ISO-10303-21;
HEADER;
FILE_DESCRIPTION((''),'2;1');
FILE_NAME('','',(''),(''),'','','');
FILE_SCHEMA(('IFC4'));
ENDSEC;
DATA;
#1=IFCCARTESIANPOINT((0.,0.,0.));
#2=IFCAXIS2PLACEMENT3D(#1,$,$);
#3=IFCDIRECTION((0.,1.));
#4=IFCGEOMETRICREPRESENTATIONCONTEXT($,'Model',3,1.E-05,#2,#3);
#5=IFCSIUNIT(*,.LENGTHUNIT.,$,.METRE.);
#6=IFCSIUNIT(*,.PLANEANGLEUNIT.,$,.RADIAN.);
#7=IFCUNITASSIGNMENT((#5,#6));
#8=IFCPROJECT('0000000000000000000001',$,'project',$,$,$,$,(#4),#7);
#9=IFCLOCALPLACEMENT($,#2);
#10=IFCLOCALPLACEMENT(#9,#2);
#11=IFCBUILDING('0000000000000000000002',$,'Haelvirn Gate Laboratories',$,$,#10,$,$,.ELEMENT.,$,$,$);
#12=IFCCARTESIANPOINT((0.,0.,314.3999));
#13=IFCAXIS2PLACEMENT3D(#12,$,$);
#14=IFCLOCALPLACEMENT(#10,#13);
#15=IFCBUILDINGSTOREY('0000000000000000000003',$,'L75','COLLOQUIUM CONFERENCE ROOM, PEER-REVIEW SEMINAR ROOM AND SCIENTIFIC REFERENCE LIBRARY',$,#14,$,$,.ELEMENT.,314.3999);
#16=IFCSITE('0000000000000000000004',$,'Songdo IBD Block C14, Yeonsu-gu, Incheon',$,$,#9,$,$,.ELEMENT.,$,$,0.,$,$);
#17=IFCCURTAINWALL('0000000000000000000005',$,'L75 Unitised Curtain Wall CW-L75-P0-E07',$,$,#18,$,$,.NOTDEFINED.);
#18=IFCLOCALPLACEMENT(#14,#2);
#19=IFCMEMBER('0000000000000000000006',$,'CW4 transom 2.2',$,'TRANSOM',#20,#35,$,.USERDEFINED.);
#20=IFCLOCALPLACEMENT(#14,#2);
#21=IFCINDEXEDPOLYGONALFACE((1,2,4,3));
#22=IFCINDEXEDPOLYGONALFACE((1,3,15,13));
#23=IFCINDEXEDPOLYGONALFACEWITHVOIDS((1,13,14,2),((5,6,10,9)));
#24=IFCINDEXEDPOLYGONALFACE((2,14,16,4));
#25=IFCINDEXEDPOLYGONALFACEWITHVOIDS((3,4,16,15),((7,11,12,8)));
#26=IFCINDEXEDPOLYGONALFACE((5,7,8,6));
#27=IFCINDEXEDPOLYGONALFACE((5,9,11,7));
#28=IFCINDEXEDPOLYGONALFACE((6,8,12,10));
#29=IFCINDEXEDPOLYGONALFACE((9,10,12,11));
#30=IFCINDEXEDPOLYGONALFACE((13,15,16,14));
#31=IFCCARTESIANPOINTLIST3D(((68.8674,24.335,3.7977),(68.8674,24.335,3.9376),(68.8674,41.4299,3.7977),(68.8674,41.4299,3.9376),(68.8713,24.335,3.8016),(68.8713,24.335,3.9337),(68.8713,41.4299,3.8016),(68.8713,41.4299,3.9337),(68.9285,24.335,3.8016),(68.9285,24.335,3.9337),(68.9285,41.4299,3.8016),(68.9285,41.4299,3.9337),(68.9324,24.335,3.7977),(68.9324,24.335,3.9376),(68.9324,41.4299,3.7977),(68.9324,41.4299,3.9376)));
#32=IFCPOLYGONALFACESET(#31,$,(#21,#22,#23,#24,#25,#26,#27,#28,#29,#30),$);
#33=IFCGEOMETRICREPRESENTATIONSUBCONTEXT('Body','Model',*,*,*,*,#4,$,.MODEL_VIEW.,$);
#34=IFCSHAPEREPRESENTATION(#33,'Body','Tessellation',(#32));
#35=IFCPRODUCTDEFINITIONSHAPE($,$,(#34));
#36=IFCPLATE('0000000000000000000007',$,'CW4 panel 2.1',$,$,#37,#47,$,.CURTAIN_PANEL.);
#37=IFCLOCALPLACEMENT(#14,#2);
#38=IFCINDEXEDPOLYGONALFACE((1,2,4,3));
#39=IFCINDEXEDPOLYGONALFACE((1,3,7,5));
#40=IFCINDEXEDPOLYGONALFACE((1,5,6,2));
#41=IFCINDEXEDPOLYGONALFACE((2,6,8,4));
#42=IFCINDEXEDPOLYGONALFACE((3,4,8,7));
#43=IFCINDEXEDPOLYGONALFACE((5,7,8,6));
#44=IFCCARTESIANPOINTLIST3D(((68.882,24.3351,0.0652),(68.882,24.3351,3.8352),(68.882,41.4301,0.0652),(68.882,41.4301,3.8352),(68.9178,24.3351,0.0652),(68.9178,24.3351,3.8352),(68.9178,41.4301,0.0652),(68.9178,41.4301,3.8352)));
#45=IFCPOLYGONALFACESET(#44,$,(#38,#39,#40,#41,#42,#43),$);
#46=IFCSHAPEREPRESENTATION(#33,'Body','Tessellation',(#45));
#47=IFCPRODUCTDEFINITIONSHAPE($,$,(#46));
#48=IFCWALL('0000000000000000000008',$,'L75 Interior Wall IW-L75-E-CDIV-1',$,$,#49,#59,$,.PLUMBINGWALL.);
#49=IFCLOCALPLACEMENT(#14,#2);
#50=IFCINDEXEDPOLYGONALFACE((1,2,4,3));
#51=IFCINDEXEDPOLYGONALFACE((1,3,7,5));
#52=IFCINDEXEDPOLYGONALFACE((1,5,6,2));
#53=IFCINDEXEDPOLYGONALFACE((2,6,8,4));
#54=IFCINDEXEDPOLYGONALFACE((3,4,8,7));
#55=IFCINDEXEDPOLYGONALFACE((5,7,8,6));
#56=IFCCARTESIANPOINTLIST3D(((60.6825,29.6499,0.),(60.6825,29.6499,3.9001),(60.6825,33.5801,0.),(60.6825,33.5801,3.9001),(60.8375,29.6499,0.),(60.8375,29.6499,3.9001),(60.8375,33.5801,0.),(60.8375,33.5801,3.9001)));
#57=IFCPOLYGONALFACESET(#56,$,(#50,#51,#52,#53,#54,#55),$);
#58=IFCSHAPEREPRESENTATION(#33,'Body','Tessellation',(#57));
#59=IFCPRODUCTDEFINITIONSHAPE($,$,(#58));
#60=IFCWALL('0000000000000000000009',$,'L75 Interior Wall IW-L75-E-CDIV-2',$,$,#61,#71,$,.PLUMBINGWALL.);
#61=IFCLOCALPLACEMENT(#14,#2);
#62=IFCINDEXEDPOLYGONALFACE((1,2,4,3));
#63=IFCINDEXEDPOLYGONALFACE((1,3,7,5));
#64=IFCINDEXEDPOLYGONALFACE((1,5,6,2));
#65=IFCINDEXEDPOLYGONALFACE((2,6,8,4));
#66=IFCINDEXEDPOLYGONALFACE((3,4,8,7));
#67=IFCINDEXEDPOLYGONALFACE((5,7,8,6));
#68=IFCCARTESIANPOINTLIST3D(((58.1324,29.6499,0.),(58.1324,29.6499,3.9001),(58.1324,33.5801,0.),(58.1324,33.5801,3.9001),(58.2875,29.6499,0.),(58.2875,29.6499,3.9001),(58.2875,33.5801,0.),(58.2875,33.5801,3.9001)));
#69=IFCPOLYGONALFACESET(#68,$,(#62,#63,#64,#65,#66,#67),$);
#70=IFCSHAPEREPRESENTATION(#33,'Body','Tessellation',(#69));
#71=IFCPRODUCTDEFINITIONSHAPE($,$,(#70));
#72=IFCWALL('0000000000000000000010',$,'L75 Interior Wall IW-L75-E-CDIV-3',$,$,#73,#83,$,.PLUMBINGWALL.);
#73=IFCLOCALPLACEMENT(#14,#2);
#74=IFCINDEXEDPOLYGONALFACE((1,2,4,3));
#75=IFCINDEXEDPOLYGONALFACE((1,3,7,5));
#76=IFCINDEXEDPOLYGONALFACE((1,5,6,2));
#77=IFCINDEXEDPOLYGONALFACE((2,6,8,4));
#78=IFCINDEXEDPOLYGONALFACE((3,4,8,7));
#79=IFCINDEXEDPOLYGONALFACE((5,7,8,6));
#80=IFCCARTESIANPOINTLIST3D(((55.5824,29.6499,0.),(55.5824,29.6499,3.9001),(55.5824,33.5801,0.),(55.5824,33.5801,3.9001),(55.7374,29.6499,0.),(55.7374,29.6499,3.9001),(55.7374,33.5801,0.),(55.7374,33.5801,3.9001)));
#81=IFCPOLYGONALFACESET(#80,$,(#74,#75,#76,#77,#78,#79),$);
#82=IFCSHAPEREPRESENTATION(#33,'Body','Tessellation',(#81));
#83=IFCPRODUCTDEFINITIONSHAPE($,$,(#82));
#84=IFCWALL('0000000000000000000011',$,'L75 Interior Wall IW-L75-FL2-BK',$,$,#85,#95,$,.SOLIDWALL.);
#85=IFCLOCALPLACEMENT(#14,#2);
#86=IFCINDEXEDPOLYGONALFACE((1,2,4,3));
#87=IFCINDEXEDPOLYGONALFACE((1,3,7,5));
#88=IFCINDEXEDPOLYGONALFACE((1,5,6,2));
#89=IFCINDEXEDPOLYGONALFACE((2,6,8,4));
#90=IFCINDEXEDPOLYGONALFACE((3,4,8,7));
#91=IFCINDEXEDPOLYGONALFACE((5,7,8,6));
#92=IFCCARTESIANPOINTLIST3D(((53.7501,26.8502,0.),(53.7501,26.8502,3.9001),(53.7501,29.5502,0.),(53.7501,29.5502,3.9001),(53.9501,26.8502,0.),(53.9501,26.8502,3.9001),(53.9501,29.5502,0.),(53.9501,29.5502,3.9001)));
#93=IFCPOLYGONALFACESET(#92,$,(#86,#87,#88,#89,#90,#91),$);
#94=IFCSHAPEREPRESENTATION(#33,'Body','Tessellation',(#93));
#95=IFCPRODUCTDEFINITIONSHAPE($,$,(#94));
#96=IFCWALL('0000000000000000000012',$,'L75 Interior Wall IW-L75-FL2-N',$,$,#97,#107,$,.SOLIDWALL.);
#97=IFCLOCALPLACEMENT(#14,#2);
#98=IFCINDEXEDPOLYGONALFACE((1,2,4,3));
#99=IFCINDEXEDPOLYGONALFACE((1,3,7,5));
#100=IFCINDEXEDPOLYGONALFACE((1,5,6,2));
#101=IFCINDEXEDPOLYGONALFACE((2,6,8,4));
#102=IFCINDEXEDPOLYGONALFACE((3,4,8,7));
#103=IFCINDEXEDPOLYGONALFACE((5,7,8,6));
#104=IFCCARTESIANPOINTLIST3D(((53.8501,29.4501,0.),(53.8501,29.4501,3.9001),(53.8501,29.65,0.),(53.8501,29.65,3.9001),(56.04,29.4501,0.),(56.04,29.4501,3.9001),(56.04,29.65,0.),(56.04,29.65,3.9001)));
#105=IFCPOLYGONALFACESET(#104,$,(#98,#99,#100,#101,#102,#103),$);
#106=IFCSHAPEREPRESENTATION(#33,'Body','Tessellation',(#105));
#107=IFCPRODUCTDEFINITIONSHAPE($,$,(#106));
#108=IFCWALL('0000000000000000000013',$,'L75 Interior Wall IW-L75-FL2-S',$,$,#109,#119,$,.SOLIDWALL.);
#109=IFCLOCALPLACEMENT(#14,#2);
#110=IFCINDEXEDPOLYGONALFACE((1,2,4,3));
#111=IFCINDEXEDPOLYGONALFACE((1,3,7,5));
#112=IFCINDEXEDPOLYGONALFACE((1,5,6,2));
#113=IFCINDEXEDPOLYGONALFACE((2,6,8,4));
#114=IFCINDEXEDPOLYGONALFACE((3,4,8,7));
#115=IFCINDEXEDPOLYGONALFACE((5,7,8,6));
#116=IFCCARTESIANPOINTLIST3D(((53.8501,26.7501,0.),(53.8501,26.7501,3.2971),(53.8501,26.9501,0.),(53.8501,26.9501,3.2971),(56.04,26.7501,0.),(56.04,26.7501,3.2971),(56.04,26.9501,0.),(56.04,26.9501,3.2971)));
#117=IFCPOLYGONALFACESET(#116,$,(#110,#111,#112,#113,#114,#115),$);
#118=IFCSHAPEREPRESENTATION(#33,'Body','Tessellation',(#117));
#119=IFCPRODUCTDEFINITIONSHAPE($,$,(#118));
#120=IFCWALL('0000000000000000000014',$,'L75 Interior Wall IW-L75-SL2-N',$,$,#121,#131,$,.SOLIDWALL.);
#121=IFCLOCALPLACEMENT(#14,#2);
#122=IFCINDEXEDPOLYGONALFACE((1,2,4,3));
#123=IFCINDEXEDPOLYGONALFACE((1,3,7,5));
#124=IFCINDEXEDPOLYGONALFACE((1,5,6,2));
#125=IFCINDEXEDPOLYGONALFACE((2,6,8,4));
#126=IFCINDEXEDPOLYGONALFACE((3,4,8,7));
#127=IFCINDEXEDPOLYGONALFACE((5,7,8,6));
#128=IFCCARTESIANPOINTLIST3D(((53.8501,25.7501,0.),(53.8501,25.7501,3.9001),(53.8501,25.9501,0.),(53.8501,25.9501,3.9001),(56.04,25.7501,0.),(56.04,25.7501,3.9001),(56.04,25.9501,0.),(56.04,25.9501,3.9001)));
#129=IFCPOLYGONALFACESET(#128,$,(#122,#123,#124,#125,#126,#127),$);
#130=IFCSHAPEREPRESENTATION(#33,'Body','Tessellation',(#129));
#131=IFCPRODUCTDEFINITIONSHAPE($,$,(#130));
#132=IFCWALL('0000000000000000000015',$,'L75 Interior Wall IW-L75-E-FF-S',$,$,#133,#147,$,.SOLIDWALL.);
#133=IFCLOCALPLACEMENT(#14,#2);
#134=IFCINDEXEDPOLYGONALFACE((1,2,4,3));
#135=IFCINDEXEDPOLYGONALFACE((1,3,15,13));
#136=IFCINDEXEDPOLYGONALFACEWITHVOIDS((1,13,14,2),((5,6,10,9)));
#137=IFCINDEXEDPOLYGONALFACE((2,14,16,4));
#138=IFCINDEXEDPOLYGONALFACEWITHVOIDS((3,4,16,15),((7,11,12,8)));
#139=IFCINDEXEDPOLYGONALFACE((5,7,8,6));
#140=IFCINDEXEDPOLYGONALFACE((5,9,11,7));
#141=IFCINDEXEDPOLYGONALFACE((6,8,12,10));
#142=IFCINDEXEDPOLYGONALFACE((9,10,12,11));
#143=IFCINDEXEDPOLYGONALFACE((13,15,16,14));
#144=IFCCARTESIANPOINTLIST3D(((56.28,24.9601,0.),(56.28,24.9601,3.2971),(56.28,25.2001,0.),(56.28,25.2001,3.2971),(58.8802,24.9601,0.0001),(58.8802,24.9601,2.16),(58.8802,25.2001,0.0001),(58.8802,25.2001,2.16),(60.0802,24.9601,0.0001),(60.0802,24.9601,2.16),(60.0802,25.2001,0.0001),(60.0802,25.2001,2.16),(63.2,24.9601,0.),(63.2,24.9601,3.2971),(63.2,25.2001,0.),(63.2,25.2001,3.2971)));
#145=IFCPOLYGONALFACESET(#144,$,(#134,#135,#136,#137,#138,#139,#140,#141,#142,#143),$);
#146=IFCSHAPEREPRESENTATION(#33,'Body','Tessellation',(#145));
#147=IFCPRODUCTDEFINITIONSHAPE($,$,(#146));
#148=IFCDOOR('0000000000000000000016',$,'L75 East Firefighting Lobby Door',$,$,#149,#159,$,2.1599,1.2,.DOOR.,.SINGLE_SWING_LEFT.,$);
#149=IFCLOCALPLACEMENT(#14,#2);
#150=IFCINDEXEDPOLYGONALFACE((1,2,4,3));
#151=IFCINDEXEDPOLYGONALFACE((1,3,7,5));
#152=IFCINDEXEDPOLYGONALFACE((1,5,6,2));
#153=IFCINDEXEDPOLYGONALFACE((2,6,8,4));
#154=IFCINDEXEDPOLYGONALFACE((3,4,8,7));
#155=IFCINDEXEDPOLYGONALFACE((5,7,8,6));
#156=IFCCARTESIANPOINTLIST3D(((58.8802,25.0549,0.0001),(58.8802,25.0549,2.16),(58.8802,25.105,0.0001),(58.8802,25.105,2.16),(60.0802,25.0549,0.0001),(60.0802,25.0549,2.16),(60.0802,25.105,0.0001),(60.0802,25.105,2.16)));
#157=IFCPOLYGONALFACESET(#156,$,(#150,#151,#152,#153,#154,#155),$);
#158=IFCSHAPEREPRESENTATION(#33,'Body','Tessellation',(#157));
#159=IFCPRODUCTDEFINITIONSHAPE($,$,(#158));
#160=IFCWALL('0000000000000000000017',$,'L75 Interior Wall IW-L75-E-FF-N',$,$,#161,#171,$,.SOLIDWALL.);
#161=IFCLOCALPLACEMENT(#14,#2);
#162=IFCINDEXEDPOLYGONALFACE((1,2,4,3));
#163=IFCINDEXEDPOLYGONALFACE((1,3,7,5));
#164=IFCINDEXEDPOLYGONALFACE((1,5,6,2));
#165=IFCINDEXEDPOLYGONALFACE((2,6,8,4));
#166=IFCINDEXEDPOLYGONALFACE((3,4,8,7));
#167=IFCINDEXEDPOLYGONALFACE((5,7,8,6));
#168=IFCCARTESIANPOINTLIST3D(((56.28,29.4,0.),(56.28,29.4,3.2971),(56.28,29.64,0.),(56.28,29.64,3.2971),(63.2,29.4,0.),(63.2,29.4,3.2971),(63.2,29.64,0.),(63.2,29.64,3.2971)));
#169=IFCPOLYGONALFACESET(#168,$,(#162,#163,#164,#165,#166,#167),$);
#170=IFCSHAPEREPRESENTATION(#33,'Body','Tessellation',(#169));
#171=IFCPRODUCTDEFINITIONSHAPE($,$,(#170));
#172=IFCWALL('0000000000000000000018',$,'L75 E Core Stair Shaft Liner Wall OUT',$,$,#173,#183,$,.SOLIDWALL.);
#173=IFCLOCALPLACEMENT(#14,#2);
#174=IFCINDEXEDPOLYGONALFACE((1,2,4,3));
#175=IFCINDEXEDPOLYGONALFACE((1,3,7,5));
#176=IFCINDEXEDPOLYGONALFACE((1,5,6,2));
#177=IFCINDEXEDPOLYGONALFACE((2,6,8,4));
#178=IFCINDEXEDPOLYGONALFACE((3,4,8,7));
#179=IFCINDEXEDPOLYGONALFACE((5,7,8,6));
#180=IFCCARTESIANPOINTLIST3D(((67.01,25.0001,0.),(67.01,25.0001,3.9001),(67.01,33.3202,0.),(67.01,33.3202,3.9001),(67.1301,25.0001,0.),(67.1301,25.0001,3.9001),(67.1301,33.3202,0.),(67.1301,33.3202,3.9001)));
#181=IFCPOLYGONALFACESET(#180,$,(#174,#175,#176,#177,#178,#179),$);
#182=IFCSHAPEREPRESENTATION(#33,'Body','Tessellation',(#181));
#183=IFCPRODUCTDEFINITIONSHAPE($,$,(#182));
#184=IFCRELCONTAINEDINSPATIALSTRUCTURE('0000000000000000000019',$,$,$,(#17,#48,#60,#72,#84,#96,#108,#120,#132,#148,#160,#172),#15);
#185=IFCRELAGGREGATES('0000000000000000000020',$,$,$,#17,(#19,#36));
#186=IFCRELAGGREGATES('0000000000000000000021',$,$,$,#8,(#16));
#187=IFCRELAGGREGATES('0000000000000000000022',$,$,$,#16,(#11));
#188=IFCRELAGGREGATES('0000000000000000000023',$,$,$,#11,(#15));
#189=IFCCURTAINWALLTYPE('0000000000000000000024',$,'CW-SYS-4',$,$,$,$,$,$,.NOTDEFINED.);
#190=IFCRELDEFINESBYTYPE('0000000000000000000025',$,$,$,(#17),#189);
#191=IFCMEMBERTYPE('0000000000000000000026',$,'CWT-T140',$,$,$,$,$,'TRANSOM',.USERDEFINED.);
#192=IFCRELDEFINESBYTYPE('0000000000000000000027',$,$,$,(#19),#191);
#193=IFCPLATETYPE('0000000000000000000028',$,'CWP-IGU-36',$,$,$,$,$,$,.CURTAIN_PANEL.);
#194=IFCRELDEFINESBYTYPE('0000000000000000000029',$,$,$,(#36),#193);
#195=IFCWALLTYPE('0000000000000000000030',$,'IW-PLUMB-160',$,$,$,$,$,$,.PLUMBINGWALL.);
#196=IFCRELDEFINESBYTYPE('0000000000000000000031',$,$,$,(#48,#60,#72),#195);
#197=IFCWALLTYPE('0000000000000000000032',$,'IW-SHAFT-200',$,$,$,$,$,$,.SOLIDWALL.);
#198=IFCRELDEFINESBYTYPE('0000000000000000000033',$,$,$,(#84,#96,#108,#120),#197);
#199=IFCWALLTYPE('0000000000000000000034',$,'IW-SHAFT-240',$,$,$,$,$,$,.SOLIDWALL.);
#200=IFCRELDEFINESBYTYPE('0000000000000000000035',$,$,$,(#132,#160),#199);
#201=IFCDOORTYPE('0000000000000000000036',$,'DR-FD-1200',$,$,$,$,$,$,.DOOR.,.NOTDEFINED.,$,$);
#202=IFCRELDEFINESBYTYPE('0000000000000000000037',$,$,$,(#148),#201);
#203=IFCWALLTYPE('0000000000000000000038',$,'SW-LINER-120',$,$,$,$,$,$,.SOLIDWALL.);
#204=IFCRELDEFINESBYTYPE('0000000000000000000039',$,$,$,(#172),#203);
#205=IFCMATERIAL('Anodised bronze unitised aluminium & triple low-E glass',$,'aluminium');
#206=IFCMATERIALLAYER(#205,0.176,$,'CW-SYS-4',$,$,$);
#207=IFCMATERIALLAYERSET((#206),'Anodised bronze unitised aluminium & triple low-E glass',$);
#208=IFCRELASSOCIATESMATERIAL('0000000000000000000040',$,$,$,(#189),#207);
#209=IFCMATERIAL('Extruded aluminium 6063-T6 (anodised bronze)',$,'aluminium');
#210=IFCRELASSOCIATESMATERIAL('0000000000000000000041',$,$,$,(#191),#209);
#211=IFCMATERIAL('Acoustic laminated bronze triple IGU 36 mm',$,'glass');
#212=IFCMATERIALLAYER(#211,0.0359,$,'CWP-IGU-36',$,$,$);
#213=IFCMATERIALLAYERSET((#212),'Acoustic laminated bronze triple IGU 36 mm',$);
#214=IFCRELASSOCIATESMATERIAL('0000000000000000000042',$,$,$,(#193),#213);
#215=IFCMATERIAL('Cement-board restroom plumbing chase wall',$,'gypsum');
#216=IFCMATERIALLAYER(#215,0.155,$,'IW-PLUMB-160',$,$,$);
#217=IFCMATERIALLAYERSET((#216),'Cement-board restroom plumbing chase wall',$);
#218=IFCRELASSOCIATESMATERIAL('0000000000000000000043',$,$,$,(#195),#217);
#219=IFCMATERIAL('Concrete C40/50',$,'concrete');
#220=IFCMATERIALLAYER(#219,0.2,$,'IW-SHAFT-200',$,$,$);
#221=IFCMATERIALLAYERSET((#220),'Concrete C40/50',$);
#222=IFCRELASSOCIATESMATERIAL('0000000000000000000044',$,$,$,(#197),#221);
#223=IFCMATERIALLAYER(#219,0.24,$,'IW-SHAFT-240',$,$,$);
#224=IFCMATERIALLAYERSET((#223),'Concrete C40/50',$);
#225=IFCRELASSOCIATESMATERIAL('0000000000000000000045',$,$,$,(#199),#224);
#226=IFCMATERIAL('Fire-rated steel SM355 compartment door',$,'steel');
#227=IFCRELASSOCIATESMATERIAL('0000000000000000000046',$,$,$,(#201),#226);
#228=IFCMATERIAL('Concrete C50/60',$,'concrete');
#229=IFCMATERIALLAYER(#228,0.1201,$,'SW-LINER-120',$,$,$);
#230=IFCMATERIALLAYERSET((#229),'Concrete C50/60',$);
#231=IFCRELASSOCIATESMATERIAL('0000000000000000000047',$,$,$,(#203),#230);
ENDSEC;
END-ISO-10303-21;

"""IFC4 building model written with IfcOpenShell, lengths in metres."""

from ifc_helpers import new_model, si_unit, direction, frame, frame_2d, origin, origin_2d, place, context, subcontext, project, spatial, rectangle, hollow_rectangle, extrude, source, transform, mapped, material, layer, layer_set, material_profile, profile_set, type_object, type_shapes, element, fill, aggregate, save


model = new_model("IFC4")

# Units and contexts
model_context = context("Model", 3, precision=1e-05, world=origin(), true_north=direction((0.0, 1.0)))
body_context = subcontext(model_context, "Body", "Model", "MODEL_VIEW")
ifc_project = project(units=[si_unit("LENGTHUNIT", "METRE"), si_unit("PLANEANGLEUNIT", "RADIAN")], contexts=[model_context])

# Site, building, storey
site_placement = place(None, origin())
site = spatial("IfcSite", under=ifc_project, at=site_placement, Name="Songdo IBD Block C14, Yeonsu-gu, Incheon", CompositionType="ELEMENT", RefElevation=0.0)
building_placement = place(site_placement, origin())
building = spatial("IfcBuilding", under=site, at=building_placement, Name="Haelvirn Gate Laboratories", CompositionType="ELEMENT")
storey_placement = place(building_placement, frame((0.0, 0.0, 314.3999)))
storey = spatial("IfcBuildingStorey", under=building, at=storey_placement, Name="L75", Description="COLLOQUIUM CONFERENCE ROOM, PEER-REVIEW SEMINAR ROOM AND SCIENTIFIC REFERENCE LIBRARY", CompositionType="ELEMENT", Elevation=314.3999)

# Curtain wall, member, plate
ifc_material_1 = material(Name="Anodised bronze unitised aluminium & triple low-E glass", Category="aluminium")
ifc_layer_1 = layer(ifc_material_1, 0.176, Name="CW-SYS-4")
ifc_layer_set_1 = layer_set([ifc_layer_1], Name="Anodised bronze unitised aluminium & triple low-E glass")
curtain_wall_type = type_object("IfcCurtainWallType", Name="CW-SYS-4", PredefinedType="NOTDEFINED", material=ifc_layer_set_1)
curtain_wall_placement = place(storey_placement, origin())
curtain_wall = element("IfcCurtainWall", 1, at=curtain_wall_placement, inside=storey, type_object=curtain_wall_type, Name="L75 Unitised Curtain Wall CW-L75-P0-E07", PredefinedType="NOTDEFINED")
ifc_material_2 = material(Name="Extruded aluminium 6063-T6 (anodised bronze)", Category="aluminium")
ifc_material_profile = material_profile(ifc_material_2, hollow_rectangle(XDim=0.0649, YDim=0.1399, WallThickness=0.0039, at=origin_2d()), Name="CWT-140x65x4")
ifc_profile_set = profile_set([ifc_material_profile], Name="Extruded aluminium 6063-T6 (anodised bronze)")
member_type = type_object("IfcMemberType", Name="CWT-T140", ElementType="TRANSOM", PredefinedType="USERDEFINED", material=ifc_profile_set)
shared_shape_1 = source(origin(), body_context, "Body", "SweptSolid", [
    extrude(hollow_rectangle(XDim=0.0649, YDim=0.1399, WallThickness=0.0039, at=origin_2d()), origin(), (0.0, 0.0, 1.0), 17.095),
])
type_shapes(member_type, [shared_shape_1])
member_placement = place(storey_placement, frame((68.8999, 24.335, 3.8677), z_axis=(0.0, 1.0, 0.0), x_axis=(-1.0, 0.0, 0.0)))
member = element("IfcMember", 2, at=member_placement, type_object=member_type, Name="CW4 transom 2.2", ObjectType="TRANSOM", PredefinedType="USERDEFINED", context=body_context, shape_type="MappedRepresentation", body=[
    mapped(shared_shape_1, transform((0.0, 0.0, 0.0), scale=1.0)),
])
ifc_material_3 = material(Name="Acoustic laminated bronze triple IGU 36 mm", Category="glass")
ifc_layer_2 = layer(ifc_material_3, 0.0359, Name="CWP-IGU-36")
ifc_layer_set_2 = layer_set([ifc_layer_2], Name="Acoustic laminated bronze triple IGU 36 mm")
plate_type = type_object("IfcPlateType", Name="CWP-IGU-36", PredefinedType="CURTAIN_PANEL", material=ifc_layer_set_2)
shared_shape_2 = source(origin(), body_context, "Body", "SweptSolid", [
    extrude(rectangle(XDim=17.095, YDim=0.0359, at=origin_2d()), origin(), (0.0, 0.0, 1.0), 3.77),
])
type_shapes(plate_type, [shared_shape_2])
plate_placement = place(storey_placement, frame((68.8999, 32.8826, 0.0652), z_axis=(0.0, 0.0, 1.0), x_axis=(0.0, 1.0, 0.0)))
plate = element("IfcPlate", 3, at=plate_placement, type_object=plate_type, Name="CW4 panel 2.1", PredefinedType="CURTAIN_PANEL", context=body_context, shape_type="MappedRepresentation", body=[
    mapped(shared_shape_2, transform((0.0, 0.0, 0.0), scale=1.0)),
])
aggregate(curtain_wall, [member, plate])

# Walls
ifc_material_4 = material(Name="Cement-board restroom plumbing chase wall", Category="gypsum")
ifc_layer_3 = layer(ifc_material_4, 0.155, Name="IW-PLUMB-160")
ifc_layer_set_3 = layer_set([ifc_layer_3], Name="Cement-board restroom plumbing chase wall")
wall_type_1 = type_object("IfcWallType", Name="IW-PLUMB-160", PredefinedType="PLUMBINGWALL", material=ifc_layer_set_3)
for number, where, z_axis, x_axis, name in (
    (4, (60.76, 29.6499, 0.0), (0.0, 0.0, 1.0), (0.0, 1.0, 0.0), "L75 Interior Wall IW-L75-E-CDIV-1"),
    (5, (58.21, 29.6499, 0.0), (0.0, 0.0, 1.0), (0.0, 1.0, 0.0), "L75 Interior Wall IW-L75-E-CDIV-2"),
    (6, (55.6599, 29.6499, 0.0), (0.0, 0.0, 1.0), (0.0, 1.0, 0.0), "L75 Interior Wall IW-L75-E-CDIV-3"),
):
    element("IfcWall", number, at=place(storey_placement, frame(where, z_axis=z_axis, x_axis=x_axis)), inside=storey, type_object=wall_type_1, Name=name, PredefinedType="PLUMBINGWALL", context=body_context, shape_type="SweptSolid", body=[
        extrude(rectangle(XDim=3.9302, YDim=0.155, at=frame_2d((1.9651, 0.0))), origin(), (0.0, 0.0, 1.0), 3.9001),
    ])
ifc_material_5 = material(Name="Concrete C40/50", Category="concrete")
ifc_layer_4 = layer(ifc_material_5, 0.2, Name="IW-SHAFT-200")
ifc_layer_set_4 = layer_set([ifc_layer_4], Name="Concrete C40/50")
wall_type_2 = type_object("IfcWallType", Name="IW-SHAFT-200", PredefinedType="SOLIDWALL", material=ifc_layer_set_4)
wall_1_placement = place(storey_placement, frame((53.8501, 26.8501, 0.0), z_axis=(0.0, 0.0, 1.0), x_axis=(0.0, 1.0, 0.0)))
element("IfcWall", 7, at=wall_1_placement, inside=storey, type_object=wall_type_2, Name="L75 Interior Wall IW-L75-FL2-BK", PredefinedType="SOLIDWALL", context=body_context, shape_type="SweptSolid", body=[
    extrude(rectangle(XDim=2.7, YDim=0.2, at=frame_2d((1.3501, 0.0))), origin(), (0.0, 0.0, 1.0), 3.9001),
])
wall_2_placement = place(storey_placement, frame((53.8501, 29.55, 0.0), z_axis=(0.0, 0.0, 1.0), x_axis=(1.0, 0.0, 0.0)))
element("IfcWall", 8, at=wall_2_placement, inside=storey, type_object=wall_type_2, Name="L75 Interior Wall IW-L75-FL2-N", PredefinedType="SOLIDWALL", context=body_context, shape_type="SweptSolid", body=[
    extrude(rectangle(XDim=2.1899, YDim=0.2, at=frame_2d((1.095, 0.0))), origin(), (0.0, 0.0, 1.0), 3.9001),
])
wall_3_placement = place(storey_placement, frame((53.8501, 26.8501, 0.0), z_axis=(0.0, 0.0, 1.0), x_axis=(1.0, 0.0, 0.0)))
element("IfcWall", 9, at=wall_3_placement, inside=storey, type_object=wall_type_2, Name="L75 Interior Wall IW-L75-FL2-S", PredefinedType="SOLIDWALL", context=body_context, shape_type="SweptSolid", body=[
    extrude(rectangle(XDim=2.1899, YDim=0.2, at=frame_2d((1.095, 0.0))), origin(), (0.0, 0.0, 1.0), 3.2971),
])
wall_4_placement = place(storey_placement, frame((53.8501, 25.8501, 0.0), z_axis=(0.0, 0.0, 1.0), x_axis=(1.0, 0.0, 0.0)))
element("IfcWall", 10, at=wall_4_placement, inside=storey, type_object=wall_type_2, Name="L75 Interior Wall IW-L75-SL2-N", PredefinedType="SOLIDWALL", context=body_context, shape_type="SweptSolid", body=[
    extrude(rectangle(XDim=2.1899, YDim=0.2, at=frame_2d((1.095, 0.0))), origin(), (0.0, 0.0, 1.0), 3.9001),
])

# Wall, opening, door
ifc_layer_5 = layer(ifc_material_5, 0.24, Name="IW-SHAFT-240")
ifc_layer_set_5 = layer_set([ifc_layer_5], Name="Concrete C40/50")
wall_type_3 = type_object("IfcWallType", Name="IW-SHAFT-240", PredefinedType="SOLIDWALL", material=ifc_layer_set_5)
wall_5_placement = place(storey_placement, frame((56.28, 25.0801, 0.0), z_axis=(0.0, 0.0, 1.0), x_axis=(1.0, 0.0, 0.0)))
wall_5 = element("IfcWall", 11, at=wall_5_placement, inside=storey, type_object=wall_type_3, Name="L75 Interior Wall IW-L75-E-FF-S", PredefinedType="SOLIDWALL", context=body_context, shape_type="SweptSolid", body=[
    extrude(rectangle(XDim=6.9199, YDim=0.24, at=frame_2d((3.46, 0.0))), origin(), (0.0, 0.0, 1.0), 3.2971),
])
opening_1_placement = place(wall_5_placement, frame((2.6001, 0.0, 0.0)))
opening_1 = element("IfcOpeningElement", 12, at=opening_1_placement, cuts=wall_5, PredefinedType="OPENING", context=body_context, shape_type="SweptSolid", body=[
    extrude(rectangle(XDim=1.2, YDim=2.1599, at=frame_2d((0.6001, 1.0801))), frame((0.0, 0.1299, 0.0), z_axis=(0.0, -1.0, 0.0), x_axis=(1.0, 0.0, 0.0)), (0.0, 0.0, 1.0), 0.26),
])
ifc_material_6 = material(Name="Fire-rated steel SM355 compartment door", Category="steel")
door_type_1 = type_object("IfcDoorType", Name="DR-FD-1200", OperationType="NOTDEFINED", PredefinedType="DOOR", material=ifc_material_6)
shared_shape_3 = source(origin(), body_context, "Body", "SweptSolid", [
    extrude(rectangle(XDim=1.2, YDim=2.1599, at=frame_2d((0.6001, 1.0801))), frame((0.0, 0.0249, 0.0), z_axis=(0.0, -1.0, 0.0), x_axis=(1.0, 0.0, 0.0)), (0.0, 0.0, 1.0), 0.05),
])
type_shapes(door_type_1, [shared_shape_3])
door_1_placement = place(opening_1_placement, origin())
door_1 = element("IfcDoor", 13, at=door_1_placement, inside=storey, type_object=door_type_1, Name="L75 East Firefighting Lobby Door", OperationType="SINGLE_SWING_LEFT", OverallHeight=2.1599, OverallWidth=1.2, PredefinedType="DOOR", context=body_context, shape_type="MappedRepresentation", body=[
    mapped(shared_shape_3, transform((0.0, 0.0, 0.0), scale=1.0)),
])
fill(opening_1, door_1)

# Walls
wall_6_placement = place(storey_placement, frame((56.28, 29.52, 0.0), z_axis=(0.0, 0.0, 1.0), x_axis=(1.0, 0.0, 0.0)))
element("IfcWall", 14, at=wall_6_placement, inside=storey, type_object=wall_type_3, Name="L75 Interior Wall IW-L75-E-FF-N", PredefinedType="SOLIDWALL", context=body_context, shape_type="SweptSolid", body=[
    extrude(rectangle(XDim=6.9199, YDim=0.24, at=frame_2d((3.46, 0.0))), origin(), (0.0, 0.0, 1.0), 3.2971),
])
ifc_material_7 = material(Name="Concrete C50/60", Category="concrete")
ifc_layer_6 = layer(ifc_material_7, 0.1201, Name="SW-LINER-120")
ifc_layer_set_6 = layer_set([ifc_layer_6], Name="Concrete C50/60")
wall_type_4 = type_object("IfcWallType", Name="SW-LINER-120", PredefinedType="SOLIDWALL", material=ifc_layer_set_6)
wall_7_placement = place(storey_placement, frame((67.0701, 25.0, 0.0), z_axis=(0.0, 0.0, 1.0), x_axis=(0.0, 1.0, 0.0)))
element("IfcWall", 15, at=wall_7_placement, inside=storey, type_object=wall_type_4, Name="L75 E Core Stair Shaft Liner Wall OUT", PredefinedType="SOLIDWALL", context=body_context, shape_type="SweptSolid", body=[
    extrude(rectangle(XDim=8.3201, YDim=0.1201, at=frame_2d((4.1602, 0.0))), origin(), (0.0, 0.0, 1.0), 3.9001),
])

save(model, "model.ifc")
